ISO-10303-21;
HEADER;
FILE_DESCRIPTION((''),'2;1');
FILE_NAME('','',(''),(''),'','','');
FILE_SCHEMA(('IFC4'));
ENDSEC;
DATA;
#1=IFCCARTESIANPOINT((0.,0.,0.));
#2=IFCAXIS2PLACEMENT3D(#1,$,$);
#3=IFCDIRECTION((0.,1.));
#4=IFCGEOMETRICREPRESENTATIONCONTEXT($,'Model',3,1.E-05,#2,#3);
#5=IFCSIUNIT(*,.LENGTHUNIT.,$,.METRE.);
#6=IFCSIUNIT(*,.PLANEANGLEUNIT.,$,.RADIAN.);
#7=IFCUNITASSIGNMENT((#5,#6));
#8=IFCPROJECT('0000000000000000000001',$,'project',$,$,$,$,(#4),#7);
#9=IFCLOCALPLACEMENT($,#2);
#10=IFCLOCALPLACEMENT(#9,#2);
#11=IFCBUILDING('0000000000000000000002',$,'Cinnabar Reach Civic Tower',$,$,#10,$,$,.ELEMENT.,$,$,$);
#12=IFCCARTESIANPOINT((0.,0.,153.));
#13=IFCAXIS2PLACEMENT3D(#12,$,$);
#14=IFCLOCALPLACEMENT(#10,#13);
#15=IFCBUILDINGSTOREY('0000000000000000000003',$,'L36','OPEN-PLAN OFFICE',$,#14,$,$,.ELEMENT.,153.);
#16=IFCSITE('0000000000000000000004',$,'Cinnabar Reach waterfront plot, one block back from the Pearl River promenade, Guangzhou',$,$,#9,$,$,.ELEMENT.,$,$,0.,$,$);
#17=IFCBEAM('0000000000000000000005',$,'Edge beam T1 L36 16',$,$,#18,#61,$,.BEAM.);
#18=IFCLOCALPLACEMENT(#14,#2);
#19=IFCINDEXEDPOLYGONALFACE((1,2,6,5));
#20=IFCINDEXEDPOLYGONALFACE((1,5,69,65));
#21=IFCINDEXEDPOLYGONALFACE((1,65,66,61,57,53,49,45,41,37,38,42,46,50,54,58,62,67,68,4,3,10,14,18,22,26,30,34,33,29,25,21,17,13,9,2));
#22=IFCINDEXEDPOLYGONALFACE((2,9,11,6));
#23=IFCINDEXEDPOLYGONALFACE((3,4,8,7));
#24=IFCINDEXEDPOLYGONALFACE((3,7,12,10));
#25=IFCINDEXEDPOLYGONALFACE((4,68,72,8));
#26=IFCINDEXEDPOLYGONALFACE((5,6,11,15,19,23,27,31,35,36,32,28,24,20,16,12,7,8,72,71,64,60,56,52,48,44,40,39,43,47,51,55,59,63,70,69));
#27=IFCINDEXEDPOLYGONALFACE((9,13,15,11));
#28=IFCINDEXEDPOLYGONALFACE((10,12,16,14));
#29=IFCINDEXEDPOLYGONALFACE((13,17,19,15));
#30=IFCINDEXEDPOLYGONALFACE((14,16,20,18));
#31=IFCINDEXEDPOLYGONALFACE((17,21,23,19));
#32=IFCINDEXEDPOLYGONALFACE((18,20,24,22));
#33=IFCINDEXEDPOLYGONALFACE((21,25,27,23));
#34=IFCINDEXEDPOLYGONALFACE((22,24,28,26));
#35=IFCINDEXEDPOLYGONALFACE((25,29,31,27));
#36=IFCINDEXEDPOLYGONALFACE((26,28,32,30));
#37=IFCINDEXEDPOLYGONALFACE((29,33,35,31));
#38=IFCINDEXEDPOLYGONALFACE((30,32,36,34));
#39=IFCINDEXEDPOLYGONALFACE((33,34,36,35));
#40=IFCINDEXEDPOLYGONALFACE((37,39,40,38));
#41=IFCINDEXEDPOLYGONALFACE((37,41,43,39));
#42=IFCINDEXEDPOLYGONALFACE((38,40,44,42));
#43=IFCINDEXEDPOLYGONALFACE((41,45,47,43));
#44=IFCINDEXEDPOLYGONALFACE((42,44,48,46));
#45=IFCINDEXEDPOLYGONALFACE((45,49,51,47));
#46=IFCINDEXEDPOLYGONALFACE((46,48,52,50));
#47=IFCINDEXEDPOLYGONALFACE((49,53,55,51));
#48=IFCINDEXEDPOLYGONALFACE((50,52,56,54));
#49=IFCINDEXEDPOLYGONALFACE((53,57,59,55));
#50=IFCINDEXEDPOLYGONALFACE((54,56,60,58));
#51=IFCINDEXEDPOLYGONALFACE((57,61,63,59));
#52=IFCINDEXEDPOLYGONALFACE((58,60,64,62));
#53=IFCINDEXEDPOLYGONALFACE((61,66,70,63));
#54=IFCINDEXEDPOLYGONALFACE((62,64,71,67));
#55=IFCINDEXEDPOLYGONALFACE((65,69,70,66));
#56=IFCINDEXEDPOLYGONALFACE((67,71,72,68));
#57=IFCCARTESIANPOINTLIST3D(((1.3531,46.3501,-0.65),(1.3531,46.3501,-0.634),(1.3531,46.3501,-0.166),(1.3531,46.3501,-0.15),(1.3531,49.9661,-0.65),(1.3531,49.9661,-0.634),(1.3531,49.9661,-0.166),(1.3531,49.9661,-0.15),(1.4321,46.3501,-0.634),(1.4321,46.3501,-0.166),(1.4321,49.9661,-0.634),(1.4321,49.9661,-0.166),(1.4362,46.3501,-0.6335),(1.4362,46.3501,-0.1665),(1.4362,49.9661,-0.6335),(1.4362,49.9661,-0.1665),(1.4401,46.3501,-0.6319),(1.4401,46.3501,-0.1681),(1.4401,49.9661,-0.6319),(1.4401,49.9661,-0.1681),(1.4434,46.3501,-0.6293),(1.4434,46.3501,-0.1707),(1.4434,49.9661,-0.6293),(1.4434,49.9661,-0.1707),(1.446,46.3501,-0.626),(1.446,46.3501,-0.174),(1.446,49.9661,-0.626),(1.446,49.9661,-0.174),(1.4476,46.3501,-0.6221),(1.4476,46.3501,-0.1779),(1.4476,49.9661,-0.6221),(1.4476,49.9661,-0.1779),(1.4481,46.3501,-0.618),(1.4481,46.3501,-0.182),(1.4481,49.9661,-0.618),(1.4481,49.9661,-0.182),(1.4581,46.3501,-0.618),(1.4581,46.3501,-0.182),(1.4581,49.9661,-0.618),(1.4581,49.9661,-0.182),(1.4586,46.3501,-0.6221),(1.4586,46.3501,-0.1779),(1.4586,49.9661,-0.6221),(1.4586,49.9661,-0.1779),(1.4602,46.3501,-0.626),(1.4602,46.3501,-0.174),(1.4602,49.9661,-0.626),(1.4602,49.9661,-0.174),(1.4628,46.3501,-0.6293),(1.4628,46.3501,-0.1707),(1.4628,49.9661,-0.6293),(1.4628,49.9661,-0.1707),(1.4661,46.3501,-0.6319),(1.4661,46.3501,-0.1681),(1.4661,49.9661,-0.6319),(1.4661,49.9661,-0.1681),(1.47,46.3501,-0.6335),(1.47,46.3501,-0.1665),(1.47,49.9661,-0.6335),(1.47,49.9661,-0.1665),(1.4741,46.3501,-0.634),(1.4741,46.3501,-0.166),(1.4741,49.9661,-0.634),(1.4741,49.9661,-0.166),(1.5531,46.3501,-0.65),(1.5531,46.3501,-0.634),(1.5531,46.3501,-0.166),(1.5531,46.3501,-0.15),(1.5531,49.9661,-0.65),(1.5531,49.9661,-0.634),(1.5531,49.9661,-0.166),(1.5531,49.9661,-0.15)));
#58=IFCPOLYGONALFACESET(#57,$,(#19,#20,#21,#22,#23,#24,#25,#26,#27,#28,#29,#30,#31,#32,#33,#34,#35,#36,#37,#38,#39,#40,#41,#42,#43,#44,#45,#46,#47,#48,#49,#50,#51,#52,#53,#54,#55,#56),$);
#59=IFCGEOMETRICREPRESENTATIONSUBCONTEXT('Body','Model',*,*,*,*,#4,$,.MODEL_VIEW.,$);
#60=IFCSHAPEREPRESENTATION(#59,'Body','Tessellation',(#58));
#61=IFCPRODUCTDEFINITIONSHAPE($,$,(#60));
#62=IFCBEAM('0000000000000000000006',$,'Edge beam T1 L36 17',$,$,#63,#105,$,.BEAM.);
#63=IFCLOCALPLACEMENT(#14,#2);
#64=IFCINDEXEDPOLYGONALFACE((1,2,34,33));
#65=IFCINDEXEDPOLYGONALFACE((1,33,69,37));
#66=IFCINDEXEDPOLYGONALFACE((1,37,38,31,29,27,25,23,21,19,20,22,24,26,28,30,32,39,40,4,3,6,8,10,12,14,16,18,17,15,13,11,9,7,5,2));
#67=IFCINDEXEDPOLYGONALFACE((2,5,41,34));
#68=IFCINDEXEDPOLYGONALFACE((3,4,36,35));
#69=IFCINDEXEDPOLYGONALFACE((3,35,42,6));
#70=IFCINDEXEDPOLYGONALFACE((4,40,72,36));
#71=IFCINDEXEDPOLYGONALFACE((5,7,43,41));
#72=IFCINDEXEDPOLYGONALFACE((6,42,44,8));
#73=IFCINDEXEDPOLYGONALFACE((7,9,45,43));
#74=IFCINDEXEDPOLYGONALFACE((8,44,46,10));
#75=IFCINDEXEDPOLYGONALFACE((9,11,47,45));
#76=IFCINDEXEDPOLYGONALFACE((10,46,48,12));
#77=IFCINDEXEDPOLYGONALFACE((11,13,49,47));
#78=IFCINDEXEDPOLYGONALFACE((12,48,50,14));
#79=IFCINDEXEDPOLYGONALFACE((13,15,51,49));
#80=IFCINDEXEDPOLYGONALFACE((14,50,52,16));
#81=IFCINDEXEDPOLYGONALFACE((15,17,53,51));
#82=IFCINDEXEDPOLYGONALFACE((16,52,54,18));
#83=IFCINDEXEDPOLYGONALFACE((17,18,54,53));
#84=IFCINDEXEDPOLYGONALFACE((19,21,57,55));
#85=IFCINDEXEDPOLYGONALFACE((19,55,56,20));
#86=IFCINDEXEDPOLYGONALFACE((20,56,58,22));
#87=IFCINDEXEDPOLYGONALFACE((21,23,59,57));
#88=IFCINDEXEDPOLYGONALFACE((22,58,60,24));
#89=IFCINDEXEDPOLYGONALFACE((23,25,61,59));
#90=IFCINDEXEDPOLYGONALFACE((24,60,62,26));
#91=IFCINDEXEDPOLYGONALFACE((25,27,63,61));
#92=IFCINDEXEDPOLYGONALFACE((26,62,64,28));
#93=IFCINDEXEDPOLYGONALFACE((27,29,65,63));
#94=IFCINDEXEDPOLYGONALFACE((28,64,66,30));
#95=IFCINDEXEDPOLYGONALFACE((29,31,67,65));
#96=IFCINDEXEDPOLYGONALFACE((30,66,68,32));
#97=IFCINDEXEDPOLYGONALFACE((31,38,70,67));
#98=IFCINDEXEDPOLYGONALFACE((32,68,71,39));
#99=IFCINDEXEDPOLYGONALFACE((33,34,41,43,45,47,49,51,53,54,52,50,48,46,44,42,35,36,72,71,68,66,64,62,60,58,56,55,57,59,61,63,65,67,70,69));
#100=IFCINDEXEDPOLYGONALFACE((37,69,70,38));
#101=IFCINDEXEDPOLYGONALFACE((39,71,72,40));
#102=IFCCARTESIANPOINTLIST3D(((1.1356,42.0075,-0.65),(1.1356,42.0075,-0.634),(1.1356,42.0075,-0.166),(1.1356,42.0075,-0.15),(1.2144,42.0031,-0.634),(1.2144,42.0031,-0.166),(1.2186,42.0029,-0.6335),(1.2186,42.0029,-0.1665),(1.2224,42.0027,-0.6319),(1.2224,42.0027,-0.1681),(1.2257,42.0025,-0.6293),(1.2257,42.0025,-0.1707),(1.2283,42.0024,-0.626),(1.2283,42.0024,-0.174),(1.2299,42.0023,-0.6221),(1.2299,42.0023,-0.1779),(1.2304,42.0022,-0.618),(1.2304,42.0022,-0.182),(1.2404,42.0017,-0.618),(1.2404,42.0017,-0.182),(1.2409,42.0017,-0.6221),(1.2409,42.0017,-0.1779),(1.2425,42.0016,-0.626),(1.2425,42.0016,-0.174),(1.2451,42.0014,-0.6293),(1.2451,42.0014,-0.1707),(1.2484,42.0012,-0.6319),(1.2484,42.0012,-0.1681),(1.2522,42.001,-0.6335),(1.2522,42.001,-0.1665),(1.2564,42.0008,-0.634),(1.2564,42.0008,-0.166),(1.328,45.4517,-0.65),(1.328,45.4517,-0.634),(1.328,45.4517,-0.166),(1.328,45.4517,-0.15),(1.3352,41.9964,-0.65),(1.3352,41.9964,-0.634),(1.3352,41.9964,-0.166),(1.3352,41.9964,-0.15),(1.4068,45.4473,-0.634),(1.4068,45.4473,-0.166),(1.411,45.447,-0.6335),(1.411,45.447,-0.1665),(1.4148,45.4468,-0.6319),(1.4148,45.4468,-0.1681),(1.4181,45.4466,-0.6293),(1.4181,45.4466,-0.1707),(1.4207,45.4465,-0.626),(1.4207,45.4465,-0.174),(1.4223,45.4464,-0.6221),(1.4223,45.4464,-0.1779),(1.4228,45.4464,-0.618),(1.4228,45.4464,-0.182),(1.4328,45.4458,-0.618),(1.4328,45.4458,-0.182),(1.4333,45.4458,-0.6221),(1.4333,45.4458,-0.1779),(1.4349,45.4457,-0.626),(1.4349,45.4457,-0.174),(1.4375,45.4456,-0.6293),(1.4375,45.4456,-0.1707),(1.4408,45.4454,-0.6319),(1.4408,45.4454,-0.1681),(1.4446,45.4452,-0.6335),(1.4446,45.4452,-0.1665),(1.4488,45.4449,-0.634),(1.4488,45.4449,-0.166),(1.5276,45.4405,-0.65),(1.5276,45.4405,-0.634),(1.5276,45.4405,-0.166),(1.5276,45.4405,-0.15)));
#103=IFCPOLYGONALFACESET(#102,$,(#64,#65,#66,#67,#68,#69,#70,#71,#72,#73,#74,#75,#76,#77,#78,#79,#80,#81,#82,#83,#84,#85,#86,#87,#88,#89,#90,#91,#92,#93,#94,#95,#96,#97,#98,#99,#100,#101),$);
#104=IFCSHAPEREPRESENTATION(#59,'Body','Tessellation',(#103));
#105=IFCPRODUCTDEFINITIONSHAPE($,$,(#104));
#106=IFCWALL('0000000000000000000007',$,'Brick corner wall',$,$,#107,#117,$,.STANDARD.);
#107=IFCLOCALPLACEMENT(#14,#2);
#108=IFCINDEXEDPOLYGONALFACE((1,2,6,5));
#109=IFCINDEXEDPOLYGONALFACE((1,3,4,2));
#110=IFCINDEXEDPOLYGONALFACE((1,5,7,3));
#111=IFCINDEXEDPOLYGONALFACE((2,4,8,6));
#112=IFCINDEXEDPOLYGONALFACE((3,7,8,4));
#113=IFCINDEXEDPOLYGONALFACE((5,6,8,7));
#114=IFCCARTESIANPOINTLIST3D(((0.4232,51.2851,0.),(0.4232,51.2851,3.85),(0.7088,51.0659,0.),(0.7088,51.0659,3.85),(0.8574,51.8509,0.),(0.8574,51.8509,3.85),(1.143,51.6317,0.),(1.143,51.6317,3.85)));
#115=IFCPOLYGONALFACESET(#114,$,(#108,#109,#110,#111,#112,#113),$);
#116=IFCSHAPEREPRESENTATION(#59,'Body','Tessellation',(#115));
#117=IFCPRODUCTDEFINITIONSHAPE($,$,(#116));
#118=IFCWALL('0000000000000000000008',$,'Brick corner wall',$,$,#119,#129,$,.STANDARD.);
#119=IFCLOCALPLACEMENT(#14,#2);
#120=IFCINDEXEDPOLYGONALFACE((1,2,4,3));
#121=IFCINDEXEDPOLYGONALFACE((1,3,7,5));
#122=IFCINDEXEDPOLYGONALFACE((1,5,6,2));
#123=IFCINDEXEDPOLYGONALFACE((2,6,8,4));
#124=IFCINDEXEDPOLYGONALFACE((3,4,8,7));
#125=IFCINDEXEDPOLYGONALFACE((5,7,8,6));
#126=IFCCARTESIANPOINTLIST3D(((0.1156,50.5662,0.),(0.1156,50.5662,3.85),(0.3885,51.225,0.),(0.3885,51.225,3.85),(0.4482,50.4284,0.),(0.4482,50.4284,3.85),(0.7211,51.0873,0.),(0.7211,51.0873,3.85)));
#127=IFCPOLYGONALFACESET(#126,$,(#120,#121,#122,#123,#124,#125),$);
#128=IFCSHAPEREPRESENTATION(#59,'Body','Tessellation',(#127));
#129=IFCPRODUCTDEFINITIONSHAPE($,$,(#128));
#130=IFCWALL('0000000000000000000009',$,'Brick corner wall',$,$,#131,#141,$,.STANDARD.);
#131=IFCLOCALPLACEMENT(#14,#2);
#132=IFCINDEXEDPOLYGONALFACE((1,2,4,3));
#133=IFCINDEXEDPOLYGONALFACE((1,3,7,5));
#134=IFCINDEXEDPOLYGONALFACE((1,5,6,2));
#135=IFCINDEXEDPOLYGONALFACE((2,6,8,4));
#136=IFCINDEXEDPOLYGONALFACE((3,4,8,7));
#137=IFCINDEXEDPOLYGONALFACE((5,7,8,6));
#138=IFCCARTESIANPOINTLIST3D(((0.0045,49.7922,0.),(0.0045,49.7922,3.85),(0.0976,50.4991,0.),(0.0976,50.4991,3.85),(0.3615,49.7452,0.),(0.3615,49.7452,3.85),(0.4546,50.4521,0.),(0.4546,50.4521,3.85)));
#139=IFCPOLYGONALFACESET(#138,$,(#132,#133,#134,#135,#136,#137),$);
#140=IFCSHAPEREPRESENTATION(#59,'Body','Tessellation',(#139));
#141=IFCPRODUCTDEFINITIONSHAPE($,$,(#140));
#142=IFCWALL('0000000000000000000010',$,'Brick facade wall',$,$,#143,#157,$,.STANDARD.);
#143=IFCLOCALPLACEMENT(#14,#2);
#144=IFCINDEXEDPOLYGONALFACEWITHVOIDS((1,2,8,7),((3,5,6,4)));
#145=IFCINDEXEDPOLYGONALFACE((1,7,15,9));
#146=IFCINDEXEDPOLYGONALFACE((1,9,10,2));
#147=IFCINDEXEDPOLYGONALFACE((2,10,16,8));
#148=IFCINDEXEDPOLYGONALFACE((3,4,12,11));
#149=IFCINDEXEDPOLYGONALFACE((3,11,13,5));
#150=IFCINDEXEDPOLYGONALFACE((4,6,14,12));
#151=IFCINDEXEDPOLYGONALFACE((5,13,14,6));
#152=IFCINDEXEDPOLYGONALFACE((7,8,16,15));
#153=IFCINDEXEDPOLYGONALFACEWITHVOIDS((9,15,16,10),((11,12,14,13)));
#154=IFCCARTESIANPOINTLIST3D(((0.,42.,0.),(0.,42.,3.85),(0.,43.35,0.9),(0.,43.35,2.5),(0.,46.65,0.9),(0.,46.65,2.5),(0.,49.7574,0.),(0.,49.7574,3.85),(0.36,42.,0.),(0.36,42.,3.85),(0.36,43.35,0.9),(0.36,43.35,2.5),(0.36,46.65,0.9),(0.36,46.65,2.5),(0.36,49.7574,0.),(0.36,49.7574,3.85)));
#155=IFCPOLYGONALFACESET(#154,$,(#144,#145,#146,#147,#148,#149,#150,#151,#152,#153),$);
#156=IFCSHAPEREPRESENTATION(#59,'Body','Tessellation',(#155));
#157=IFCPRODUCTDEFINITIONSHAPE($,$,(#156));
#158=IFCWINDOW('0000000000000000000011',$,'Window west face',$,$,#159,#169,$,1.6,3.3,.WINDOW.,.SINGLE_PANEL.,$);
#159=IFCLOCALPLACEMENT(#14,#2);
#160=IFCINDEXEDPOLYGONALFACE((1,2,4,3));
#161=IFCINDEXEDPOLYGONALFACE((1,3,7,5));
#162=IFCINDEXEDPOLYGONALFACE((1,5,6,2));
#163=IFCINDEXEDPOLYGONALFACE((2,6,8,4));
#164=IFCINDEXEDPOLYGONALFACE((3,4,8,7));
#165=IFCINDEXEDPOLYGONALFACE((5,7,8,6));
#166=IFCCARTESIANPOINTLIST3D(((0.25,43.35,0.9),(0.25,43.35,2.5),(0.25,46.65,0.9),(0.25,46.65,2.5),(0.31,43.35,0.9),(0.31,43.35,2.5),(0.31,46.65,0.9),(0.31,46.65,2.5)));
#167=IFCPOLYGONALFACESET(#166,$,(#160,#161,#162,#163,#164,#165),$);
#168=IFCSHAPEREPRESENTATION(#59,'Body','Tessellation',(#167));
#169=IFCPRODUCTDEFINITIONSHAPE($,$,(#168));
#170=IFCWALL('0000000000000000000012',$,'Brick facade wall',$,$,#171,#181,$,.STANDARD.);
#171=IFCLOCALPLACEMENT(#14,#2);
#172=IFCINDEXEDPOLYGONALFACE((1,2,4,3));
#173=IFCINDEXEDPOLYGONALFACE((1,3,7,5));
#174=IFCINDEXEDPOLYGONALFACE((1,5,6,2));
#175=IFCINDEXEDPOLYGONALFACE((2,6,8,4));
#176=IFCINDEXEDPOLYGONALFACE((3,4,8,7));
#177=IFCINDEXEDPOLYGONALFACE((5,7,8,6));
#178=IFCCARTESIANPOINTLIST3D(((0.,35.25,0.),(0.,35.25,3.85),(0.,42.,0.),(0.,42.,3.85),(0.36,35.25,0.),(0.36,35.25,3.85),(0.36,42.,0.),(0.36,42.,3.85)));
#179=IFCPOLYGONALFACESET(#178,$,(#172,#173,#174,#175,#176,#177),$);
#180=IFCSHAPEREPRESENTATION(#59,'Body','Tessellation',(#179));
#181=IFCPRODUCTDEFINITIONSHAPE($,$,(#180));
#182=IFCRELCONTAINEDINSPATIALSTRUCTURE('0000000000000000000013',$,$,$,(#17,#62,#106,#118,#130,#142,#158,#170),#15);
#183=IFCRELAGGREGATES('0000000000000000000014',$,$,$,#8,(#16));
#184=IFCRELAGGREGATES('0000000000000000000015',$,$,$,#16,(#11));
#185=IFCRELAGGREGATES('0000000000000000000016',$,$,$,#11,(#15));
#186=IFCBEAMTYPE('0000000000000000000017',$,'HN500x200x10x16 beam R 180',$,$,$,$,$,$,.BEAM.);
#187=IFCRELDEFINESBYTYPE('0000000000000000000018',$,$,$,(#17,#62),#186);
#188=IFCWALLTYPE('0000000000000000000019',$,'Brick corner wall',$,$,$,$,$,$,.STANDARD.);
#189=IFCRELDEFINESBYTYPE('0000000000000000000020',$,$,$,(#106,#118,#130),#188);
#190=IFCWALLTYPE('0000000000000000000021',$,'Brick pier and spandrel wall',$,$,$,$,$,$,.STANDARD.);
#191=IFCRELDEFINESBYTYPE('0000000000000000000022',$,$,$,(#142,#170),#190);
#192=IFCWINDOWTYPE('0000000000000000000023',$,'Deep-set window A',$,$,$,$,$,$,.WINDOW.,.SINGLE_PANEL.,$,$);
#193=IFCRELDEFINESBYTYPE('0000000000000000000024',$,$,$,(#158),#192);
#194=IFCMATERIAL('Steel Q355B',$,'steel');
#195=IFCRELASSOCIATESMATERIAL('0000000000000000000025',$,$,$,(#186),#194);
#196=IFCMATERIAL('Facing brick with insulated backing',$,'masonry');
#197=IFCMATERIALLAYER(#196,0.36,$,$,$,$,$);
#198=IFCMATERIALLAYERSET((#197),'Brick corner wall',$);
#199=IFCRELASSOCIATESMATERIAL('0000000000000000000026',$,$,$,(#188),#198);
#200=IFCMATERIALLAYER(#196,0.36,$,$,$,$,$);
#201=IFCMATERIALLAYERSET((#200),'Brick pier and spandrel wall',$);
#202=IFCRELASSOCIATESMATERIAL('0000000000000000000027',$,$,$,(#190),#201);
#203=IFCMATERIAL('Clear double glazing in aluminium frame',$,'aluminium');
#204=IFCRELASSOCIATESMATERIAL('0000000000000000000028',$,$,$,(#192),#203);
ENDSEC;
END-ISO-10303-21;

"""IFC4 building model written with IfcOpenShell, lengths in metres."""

from ifc_helpers import new_model, si_unit, direction, frame, frame_2d, origin, origin_2d, place, context, subcontext, project, spatial, rectangle, i_section, extrude, material, layer, layer_set, material_profile, profile_set, type_object, element, fill, save


model = new_model("IFC4")

# Units and contexts
model_context = context("Model", 3, precision=1e-05, world=origin(), true_north=direction((0.0, 1.0)))
body_context = subcontext(model_context, "Body", "Model", "MODEL_VIEW")
ifc_project = project(units=[si_unit("LENGTHUNIT", "METRE"), si_unit("PLANEANGLEUNIT", "RADIAN")], contexts=[model_context])

# Site, building, storey
site_placement = place(None, origin())
site = spatial("IfcSite", under=ifc_project, at=site_placement, Name="Cinnabar Reach waterfront plot, one block back from the Pearl River promenade, Guangzhou", CompositionType="ELEMENT", RefElevation=0.0)
building_placement = place(site_placement, origin())
building = spatial("IfcBuilding", under=site, at=building_placement, Name="Cinnabar Reach Civic Tower", CompositionType="ELEMENT")
storey_placement = place(building_placement, frame((0.0, 0.0, 153.0)))
storey = spatial("IfcBuildingStorey", under=building, at=storey_placement, Name="L36", Description="OPEN-PLAN OFFICE", CompositionType="ELEMENT", Elevation=153.0)

# Beams
ifc_material_1 = material(Name="Steel Q355B", Category="steel")
ifc_material_profile_1 = material_profile(ifc_material_1, i_section(OverallWidth=0.2, OverallDepth=0.5, WebThickness=0.01, FlangeThickness=0.016, FilletRadius=0.016, at=origin_2d()), Name="HN500x200x10x16")
ifc_profile_set_1 = profile_set([ifc_material_profile_1], Name="Steel Q355B")
beam_type_1 = type_object("IfcBeamType", Name="HN500x200x10x16 beam R 180", PredefinedType="BEAM", material=ifc_profile_set_1)
beam_1_placement = place(storey_placement, frame((1.4531, 49.9661, -0.4), z_axis=(0.0, -1.0, 0.0), x_axis=(1.0, 0.0, 0.0)))
element("IfcBeam", 1, at=beam_1_placement, inside=storey, type_object=beam_type_1, Name="Edge beam T1 L36 16", PredefinedType="BEAM", context=body_context, shape_type="SweptSolid", body=[
    extrude(i_section(OverallWidth=0.2, OverallDepth=0.5, WebThickness=0.01, FlangeThickness=0.016, FilletRadius=0.016, at=origin_2d()), origin(), (0.0, 0.0, 1.0), 3.616),
])
beam_2_placement = place(storey_placement, frame((1.4278, 45.4461, -0.4), z_axis=(-0.055777, -0.998443, 0.0), x_axis=(0.998443, -0.055777, 0.0)))
element("IfcBeam", 2, at=beam_2_placement, inside=storey, type_object=beam_type_1, Name="Edge beam T1 L36 17", PredefinedType="BEAM", context=body_context, shape_type="SweptSolid", body=[
    extrude(i_section(OverallWidth=0.2, OverallDepth=0.5, WebThickness=0.01, FlangeThickness=0.016, FilletRadius=0.016, at=origin_2d()), origin(), (0.0, 0.0, 1.0), 3.4495),
])

# Walls
ifc_material_2 = material(Name="Facing brick with insulated backing", Category="masonry")
ifc_layer_1 = layer(ifc_material_2, 0.36)
ifc_layer_set_1 = layer_set([ifc_layer_1], Name="Brick corner wall")
wall_type_1 = type_object("IfcWallType", Name="Brick corner wall", PredefinedType="STANDARD", material=ifc_layer_set_1)
wall_1_placement = place(storey_placement, frame((1.0002, 51.7413, 0.0), z_axis=(0.0, 0.0, 1.0), x_axis=(-0.608802, -0.793322, 0.0)))
element("IfcWall", 3, at=wall_1_placement, inside=storey, type_object=wall_type_1, Name="Brick corner wall", PredefinedType="STANDARD", context=body_context, shape_type="SweptSolid", body=[
    extrude(rectangle(XDim=0.7132, YDim=0.36, at=frame_2d((0.3566, 0.0))), origin(), (0.0, 0.0, 1.0), 3.85),
])
for number, where, z_axis, x_axis, name in (
    (4, (0.5548, 51.1561, 0.0), (0.0, 0.0, 1.0), (-0.382703, -0.923872, 0.0), "Brick corner wall"),
    (5, (0.2761, 50.4756, 0.0), (0.0, 0.0, 1.0), (-0.130556, -0.991441, 0.0), "Brick corner wall"),
):
    element("IfcWall", number, at=place(storey_placement, frame(where, z_axis=z_axis, x_axis=x_axis)), inside=storey, type_object=wall_type_1, Name=name, PredefinedType="STANDARD", context=body_context, shape_type="SweptSolid", body=[
        extrude(rectangle(XDim=0.7131, YDim=0.36, at=frame_2d((0.3565, 0.0))), origin(), (0.0, 0.0, 1.0), 3.85),
    ])

# Wall, opening, window
ifc_layer_2 = layer(ifc_material_2, 0.36)
ifc_layer_set_2 = layer_set([ifc_layer_2], Name="Brick pier and spandrel wall")
wall_type_2 = type_object("IfcWallType", Name="Brick pier and spandrel wall", PredefinedType="STANDARD", material=ifc_layer_set_2)
wall_2_placement = place(storey_placement, frame((0.18, 49.7574, 0.0), z_axis=(0.0, 0.0, 1.0), x_axis=(0.0, -1.0, 0.0)))
wall_2 = element("IfcWall", 6, at=wall_2_placement, inside=storey, type_object=wall_type_2, Name="Brick facade wall", PredefinedType="STANDARD", context=body_context, shape_type="SweptSolid", body=[
    extrude(rectangle(XDim=7.7574, YDim=0.36, at=frame_2d((3.8787, 0.0))), origin(), (0.0, 0.0, 1.0), 3.85),
])
opening_1_placement = place(wall_2_placement, frame((3.1074, 0.0, 0.9)))
opening_1 = element("IfcOpeningElement", 7, at=opening_1_placement, cuts=wall_2, PredefinedType="OPENING", context=body_context, shape_type="SweptSolid", body=[
    extrude(rectangle(XDim=3.3, YDim=1.6, at=frame_2d((1.65, 0.8))), frame((0.0, 0.19, 0.0), z_axis=(0.0, -1.0, 0.0), x_axis=(1.0, 0.0, 0.0)), (0.0, 0.0, 1.0), 0.38),
])
ifc_material_3 = material(Name="Clear double glazing in aluminium frame", Category="aluminium")
window_type = type_object("IfcWindowType", Name="Deep-set window A", PartitioningType="SINGLE_PANEL", PredefinedType="WINDOW", material=ifc_material_3)
window_placement = place(opening_1_placement, origin())
window = element("IfcWindow", 8, at=window_placement, inside=storey, type_object=window_type, Name="Window west face", OverallHeight=1.6, OverallWidth=3.3, PartitioningType="SINGLE_PANEL", PredefinedType="WINDOW", context=body_context, shape_type="SweptSolid", body=[
    extrude(rectangle(XDim=3.3, YDim=1.6, at=frame_2d((1.65, 0.8))), frame((0.0, 0.13, 0.0), z_axis=(0.0, -1.0, 0.0), x_axis=(1.0, 0.0, 0.0)), (0.0, 0.0, 1.0), 0.06),
])
fill(opening_1, window)

# Wall
wall_3_placement = place(storey_placement, frame((0.18, 42.0, 0.0), z_axis=(0.0, 0.0, 1.0), x_axis=(0.0, -1.0, 0.0)))
element("IfcWall", 9, at=wall_3_placement, inside=storey, type_object=wall_type_2, Name="Brick facade wall", PredefinedType="STANDARD", context=body_context, shape_type="SweptSolid", body=[
    extrude(rectangle(XDim=6.75, YDim=0.36, at=frame_2d((3.375, 0.0))), origin(), (0.0, 0.0, 1.0), 3.85),
])

save(model, "model.ifc")
